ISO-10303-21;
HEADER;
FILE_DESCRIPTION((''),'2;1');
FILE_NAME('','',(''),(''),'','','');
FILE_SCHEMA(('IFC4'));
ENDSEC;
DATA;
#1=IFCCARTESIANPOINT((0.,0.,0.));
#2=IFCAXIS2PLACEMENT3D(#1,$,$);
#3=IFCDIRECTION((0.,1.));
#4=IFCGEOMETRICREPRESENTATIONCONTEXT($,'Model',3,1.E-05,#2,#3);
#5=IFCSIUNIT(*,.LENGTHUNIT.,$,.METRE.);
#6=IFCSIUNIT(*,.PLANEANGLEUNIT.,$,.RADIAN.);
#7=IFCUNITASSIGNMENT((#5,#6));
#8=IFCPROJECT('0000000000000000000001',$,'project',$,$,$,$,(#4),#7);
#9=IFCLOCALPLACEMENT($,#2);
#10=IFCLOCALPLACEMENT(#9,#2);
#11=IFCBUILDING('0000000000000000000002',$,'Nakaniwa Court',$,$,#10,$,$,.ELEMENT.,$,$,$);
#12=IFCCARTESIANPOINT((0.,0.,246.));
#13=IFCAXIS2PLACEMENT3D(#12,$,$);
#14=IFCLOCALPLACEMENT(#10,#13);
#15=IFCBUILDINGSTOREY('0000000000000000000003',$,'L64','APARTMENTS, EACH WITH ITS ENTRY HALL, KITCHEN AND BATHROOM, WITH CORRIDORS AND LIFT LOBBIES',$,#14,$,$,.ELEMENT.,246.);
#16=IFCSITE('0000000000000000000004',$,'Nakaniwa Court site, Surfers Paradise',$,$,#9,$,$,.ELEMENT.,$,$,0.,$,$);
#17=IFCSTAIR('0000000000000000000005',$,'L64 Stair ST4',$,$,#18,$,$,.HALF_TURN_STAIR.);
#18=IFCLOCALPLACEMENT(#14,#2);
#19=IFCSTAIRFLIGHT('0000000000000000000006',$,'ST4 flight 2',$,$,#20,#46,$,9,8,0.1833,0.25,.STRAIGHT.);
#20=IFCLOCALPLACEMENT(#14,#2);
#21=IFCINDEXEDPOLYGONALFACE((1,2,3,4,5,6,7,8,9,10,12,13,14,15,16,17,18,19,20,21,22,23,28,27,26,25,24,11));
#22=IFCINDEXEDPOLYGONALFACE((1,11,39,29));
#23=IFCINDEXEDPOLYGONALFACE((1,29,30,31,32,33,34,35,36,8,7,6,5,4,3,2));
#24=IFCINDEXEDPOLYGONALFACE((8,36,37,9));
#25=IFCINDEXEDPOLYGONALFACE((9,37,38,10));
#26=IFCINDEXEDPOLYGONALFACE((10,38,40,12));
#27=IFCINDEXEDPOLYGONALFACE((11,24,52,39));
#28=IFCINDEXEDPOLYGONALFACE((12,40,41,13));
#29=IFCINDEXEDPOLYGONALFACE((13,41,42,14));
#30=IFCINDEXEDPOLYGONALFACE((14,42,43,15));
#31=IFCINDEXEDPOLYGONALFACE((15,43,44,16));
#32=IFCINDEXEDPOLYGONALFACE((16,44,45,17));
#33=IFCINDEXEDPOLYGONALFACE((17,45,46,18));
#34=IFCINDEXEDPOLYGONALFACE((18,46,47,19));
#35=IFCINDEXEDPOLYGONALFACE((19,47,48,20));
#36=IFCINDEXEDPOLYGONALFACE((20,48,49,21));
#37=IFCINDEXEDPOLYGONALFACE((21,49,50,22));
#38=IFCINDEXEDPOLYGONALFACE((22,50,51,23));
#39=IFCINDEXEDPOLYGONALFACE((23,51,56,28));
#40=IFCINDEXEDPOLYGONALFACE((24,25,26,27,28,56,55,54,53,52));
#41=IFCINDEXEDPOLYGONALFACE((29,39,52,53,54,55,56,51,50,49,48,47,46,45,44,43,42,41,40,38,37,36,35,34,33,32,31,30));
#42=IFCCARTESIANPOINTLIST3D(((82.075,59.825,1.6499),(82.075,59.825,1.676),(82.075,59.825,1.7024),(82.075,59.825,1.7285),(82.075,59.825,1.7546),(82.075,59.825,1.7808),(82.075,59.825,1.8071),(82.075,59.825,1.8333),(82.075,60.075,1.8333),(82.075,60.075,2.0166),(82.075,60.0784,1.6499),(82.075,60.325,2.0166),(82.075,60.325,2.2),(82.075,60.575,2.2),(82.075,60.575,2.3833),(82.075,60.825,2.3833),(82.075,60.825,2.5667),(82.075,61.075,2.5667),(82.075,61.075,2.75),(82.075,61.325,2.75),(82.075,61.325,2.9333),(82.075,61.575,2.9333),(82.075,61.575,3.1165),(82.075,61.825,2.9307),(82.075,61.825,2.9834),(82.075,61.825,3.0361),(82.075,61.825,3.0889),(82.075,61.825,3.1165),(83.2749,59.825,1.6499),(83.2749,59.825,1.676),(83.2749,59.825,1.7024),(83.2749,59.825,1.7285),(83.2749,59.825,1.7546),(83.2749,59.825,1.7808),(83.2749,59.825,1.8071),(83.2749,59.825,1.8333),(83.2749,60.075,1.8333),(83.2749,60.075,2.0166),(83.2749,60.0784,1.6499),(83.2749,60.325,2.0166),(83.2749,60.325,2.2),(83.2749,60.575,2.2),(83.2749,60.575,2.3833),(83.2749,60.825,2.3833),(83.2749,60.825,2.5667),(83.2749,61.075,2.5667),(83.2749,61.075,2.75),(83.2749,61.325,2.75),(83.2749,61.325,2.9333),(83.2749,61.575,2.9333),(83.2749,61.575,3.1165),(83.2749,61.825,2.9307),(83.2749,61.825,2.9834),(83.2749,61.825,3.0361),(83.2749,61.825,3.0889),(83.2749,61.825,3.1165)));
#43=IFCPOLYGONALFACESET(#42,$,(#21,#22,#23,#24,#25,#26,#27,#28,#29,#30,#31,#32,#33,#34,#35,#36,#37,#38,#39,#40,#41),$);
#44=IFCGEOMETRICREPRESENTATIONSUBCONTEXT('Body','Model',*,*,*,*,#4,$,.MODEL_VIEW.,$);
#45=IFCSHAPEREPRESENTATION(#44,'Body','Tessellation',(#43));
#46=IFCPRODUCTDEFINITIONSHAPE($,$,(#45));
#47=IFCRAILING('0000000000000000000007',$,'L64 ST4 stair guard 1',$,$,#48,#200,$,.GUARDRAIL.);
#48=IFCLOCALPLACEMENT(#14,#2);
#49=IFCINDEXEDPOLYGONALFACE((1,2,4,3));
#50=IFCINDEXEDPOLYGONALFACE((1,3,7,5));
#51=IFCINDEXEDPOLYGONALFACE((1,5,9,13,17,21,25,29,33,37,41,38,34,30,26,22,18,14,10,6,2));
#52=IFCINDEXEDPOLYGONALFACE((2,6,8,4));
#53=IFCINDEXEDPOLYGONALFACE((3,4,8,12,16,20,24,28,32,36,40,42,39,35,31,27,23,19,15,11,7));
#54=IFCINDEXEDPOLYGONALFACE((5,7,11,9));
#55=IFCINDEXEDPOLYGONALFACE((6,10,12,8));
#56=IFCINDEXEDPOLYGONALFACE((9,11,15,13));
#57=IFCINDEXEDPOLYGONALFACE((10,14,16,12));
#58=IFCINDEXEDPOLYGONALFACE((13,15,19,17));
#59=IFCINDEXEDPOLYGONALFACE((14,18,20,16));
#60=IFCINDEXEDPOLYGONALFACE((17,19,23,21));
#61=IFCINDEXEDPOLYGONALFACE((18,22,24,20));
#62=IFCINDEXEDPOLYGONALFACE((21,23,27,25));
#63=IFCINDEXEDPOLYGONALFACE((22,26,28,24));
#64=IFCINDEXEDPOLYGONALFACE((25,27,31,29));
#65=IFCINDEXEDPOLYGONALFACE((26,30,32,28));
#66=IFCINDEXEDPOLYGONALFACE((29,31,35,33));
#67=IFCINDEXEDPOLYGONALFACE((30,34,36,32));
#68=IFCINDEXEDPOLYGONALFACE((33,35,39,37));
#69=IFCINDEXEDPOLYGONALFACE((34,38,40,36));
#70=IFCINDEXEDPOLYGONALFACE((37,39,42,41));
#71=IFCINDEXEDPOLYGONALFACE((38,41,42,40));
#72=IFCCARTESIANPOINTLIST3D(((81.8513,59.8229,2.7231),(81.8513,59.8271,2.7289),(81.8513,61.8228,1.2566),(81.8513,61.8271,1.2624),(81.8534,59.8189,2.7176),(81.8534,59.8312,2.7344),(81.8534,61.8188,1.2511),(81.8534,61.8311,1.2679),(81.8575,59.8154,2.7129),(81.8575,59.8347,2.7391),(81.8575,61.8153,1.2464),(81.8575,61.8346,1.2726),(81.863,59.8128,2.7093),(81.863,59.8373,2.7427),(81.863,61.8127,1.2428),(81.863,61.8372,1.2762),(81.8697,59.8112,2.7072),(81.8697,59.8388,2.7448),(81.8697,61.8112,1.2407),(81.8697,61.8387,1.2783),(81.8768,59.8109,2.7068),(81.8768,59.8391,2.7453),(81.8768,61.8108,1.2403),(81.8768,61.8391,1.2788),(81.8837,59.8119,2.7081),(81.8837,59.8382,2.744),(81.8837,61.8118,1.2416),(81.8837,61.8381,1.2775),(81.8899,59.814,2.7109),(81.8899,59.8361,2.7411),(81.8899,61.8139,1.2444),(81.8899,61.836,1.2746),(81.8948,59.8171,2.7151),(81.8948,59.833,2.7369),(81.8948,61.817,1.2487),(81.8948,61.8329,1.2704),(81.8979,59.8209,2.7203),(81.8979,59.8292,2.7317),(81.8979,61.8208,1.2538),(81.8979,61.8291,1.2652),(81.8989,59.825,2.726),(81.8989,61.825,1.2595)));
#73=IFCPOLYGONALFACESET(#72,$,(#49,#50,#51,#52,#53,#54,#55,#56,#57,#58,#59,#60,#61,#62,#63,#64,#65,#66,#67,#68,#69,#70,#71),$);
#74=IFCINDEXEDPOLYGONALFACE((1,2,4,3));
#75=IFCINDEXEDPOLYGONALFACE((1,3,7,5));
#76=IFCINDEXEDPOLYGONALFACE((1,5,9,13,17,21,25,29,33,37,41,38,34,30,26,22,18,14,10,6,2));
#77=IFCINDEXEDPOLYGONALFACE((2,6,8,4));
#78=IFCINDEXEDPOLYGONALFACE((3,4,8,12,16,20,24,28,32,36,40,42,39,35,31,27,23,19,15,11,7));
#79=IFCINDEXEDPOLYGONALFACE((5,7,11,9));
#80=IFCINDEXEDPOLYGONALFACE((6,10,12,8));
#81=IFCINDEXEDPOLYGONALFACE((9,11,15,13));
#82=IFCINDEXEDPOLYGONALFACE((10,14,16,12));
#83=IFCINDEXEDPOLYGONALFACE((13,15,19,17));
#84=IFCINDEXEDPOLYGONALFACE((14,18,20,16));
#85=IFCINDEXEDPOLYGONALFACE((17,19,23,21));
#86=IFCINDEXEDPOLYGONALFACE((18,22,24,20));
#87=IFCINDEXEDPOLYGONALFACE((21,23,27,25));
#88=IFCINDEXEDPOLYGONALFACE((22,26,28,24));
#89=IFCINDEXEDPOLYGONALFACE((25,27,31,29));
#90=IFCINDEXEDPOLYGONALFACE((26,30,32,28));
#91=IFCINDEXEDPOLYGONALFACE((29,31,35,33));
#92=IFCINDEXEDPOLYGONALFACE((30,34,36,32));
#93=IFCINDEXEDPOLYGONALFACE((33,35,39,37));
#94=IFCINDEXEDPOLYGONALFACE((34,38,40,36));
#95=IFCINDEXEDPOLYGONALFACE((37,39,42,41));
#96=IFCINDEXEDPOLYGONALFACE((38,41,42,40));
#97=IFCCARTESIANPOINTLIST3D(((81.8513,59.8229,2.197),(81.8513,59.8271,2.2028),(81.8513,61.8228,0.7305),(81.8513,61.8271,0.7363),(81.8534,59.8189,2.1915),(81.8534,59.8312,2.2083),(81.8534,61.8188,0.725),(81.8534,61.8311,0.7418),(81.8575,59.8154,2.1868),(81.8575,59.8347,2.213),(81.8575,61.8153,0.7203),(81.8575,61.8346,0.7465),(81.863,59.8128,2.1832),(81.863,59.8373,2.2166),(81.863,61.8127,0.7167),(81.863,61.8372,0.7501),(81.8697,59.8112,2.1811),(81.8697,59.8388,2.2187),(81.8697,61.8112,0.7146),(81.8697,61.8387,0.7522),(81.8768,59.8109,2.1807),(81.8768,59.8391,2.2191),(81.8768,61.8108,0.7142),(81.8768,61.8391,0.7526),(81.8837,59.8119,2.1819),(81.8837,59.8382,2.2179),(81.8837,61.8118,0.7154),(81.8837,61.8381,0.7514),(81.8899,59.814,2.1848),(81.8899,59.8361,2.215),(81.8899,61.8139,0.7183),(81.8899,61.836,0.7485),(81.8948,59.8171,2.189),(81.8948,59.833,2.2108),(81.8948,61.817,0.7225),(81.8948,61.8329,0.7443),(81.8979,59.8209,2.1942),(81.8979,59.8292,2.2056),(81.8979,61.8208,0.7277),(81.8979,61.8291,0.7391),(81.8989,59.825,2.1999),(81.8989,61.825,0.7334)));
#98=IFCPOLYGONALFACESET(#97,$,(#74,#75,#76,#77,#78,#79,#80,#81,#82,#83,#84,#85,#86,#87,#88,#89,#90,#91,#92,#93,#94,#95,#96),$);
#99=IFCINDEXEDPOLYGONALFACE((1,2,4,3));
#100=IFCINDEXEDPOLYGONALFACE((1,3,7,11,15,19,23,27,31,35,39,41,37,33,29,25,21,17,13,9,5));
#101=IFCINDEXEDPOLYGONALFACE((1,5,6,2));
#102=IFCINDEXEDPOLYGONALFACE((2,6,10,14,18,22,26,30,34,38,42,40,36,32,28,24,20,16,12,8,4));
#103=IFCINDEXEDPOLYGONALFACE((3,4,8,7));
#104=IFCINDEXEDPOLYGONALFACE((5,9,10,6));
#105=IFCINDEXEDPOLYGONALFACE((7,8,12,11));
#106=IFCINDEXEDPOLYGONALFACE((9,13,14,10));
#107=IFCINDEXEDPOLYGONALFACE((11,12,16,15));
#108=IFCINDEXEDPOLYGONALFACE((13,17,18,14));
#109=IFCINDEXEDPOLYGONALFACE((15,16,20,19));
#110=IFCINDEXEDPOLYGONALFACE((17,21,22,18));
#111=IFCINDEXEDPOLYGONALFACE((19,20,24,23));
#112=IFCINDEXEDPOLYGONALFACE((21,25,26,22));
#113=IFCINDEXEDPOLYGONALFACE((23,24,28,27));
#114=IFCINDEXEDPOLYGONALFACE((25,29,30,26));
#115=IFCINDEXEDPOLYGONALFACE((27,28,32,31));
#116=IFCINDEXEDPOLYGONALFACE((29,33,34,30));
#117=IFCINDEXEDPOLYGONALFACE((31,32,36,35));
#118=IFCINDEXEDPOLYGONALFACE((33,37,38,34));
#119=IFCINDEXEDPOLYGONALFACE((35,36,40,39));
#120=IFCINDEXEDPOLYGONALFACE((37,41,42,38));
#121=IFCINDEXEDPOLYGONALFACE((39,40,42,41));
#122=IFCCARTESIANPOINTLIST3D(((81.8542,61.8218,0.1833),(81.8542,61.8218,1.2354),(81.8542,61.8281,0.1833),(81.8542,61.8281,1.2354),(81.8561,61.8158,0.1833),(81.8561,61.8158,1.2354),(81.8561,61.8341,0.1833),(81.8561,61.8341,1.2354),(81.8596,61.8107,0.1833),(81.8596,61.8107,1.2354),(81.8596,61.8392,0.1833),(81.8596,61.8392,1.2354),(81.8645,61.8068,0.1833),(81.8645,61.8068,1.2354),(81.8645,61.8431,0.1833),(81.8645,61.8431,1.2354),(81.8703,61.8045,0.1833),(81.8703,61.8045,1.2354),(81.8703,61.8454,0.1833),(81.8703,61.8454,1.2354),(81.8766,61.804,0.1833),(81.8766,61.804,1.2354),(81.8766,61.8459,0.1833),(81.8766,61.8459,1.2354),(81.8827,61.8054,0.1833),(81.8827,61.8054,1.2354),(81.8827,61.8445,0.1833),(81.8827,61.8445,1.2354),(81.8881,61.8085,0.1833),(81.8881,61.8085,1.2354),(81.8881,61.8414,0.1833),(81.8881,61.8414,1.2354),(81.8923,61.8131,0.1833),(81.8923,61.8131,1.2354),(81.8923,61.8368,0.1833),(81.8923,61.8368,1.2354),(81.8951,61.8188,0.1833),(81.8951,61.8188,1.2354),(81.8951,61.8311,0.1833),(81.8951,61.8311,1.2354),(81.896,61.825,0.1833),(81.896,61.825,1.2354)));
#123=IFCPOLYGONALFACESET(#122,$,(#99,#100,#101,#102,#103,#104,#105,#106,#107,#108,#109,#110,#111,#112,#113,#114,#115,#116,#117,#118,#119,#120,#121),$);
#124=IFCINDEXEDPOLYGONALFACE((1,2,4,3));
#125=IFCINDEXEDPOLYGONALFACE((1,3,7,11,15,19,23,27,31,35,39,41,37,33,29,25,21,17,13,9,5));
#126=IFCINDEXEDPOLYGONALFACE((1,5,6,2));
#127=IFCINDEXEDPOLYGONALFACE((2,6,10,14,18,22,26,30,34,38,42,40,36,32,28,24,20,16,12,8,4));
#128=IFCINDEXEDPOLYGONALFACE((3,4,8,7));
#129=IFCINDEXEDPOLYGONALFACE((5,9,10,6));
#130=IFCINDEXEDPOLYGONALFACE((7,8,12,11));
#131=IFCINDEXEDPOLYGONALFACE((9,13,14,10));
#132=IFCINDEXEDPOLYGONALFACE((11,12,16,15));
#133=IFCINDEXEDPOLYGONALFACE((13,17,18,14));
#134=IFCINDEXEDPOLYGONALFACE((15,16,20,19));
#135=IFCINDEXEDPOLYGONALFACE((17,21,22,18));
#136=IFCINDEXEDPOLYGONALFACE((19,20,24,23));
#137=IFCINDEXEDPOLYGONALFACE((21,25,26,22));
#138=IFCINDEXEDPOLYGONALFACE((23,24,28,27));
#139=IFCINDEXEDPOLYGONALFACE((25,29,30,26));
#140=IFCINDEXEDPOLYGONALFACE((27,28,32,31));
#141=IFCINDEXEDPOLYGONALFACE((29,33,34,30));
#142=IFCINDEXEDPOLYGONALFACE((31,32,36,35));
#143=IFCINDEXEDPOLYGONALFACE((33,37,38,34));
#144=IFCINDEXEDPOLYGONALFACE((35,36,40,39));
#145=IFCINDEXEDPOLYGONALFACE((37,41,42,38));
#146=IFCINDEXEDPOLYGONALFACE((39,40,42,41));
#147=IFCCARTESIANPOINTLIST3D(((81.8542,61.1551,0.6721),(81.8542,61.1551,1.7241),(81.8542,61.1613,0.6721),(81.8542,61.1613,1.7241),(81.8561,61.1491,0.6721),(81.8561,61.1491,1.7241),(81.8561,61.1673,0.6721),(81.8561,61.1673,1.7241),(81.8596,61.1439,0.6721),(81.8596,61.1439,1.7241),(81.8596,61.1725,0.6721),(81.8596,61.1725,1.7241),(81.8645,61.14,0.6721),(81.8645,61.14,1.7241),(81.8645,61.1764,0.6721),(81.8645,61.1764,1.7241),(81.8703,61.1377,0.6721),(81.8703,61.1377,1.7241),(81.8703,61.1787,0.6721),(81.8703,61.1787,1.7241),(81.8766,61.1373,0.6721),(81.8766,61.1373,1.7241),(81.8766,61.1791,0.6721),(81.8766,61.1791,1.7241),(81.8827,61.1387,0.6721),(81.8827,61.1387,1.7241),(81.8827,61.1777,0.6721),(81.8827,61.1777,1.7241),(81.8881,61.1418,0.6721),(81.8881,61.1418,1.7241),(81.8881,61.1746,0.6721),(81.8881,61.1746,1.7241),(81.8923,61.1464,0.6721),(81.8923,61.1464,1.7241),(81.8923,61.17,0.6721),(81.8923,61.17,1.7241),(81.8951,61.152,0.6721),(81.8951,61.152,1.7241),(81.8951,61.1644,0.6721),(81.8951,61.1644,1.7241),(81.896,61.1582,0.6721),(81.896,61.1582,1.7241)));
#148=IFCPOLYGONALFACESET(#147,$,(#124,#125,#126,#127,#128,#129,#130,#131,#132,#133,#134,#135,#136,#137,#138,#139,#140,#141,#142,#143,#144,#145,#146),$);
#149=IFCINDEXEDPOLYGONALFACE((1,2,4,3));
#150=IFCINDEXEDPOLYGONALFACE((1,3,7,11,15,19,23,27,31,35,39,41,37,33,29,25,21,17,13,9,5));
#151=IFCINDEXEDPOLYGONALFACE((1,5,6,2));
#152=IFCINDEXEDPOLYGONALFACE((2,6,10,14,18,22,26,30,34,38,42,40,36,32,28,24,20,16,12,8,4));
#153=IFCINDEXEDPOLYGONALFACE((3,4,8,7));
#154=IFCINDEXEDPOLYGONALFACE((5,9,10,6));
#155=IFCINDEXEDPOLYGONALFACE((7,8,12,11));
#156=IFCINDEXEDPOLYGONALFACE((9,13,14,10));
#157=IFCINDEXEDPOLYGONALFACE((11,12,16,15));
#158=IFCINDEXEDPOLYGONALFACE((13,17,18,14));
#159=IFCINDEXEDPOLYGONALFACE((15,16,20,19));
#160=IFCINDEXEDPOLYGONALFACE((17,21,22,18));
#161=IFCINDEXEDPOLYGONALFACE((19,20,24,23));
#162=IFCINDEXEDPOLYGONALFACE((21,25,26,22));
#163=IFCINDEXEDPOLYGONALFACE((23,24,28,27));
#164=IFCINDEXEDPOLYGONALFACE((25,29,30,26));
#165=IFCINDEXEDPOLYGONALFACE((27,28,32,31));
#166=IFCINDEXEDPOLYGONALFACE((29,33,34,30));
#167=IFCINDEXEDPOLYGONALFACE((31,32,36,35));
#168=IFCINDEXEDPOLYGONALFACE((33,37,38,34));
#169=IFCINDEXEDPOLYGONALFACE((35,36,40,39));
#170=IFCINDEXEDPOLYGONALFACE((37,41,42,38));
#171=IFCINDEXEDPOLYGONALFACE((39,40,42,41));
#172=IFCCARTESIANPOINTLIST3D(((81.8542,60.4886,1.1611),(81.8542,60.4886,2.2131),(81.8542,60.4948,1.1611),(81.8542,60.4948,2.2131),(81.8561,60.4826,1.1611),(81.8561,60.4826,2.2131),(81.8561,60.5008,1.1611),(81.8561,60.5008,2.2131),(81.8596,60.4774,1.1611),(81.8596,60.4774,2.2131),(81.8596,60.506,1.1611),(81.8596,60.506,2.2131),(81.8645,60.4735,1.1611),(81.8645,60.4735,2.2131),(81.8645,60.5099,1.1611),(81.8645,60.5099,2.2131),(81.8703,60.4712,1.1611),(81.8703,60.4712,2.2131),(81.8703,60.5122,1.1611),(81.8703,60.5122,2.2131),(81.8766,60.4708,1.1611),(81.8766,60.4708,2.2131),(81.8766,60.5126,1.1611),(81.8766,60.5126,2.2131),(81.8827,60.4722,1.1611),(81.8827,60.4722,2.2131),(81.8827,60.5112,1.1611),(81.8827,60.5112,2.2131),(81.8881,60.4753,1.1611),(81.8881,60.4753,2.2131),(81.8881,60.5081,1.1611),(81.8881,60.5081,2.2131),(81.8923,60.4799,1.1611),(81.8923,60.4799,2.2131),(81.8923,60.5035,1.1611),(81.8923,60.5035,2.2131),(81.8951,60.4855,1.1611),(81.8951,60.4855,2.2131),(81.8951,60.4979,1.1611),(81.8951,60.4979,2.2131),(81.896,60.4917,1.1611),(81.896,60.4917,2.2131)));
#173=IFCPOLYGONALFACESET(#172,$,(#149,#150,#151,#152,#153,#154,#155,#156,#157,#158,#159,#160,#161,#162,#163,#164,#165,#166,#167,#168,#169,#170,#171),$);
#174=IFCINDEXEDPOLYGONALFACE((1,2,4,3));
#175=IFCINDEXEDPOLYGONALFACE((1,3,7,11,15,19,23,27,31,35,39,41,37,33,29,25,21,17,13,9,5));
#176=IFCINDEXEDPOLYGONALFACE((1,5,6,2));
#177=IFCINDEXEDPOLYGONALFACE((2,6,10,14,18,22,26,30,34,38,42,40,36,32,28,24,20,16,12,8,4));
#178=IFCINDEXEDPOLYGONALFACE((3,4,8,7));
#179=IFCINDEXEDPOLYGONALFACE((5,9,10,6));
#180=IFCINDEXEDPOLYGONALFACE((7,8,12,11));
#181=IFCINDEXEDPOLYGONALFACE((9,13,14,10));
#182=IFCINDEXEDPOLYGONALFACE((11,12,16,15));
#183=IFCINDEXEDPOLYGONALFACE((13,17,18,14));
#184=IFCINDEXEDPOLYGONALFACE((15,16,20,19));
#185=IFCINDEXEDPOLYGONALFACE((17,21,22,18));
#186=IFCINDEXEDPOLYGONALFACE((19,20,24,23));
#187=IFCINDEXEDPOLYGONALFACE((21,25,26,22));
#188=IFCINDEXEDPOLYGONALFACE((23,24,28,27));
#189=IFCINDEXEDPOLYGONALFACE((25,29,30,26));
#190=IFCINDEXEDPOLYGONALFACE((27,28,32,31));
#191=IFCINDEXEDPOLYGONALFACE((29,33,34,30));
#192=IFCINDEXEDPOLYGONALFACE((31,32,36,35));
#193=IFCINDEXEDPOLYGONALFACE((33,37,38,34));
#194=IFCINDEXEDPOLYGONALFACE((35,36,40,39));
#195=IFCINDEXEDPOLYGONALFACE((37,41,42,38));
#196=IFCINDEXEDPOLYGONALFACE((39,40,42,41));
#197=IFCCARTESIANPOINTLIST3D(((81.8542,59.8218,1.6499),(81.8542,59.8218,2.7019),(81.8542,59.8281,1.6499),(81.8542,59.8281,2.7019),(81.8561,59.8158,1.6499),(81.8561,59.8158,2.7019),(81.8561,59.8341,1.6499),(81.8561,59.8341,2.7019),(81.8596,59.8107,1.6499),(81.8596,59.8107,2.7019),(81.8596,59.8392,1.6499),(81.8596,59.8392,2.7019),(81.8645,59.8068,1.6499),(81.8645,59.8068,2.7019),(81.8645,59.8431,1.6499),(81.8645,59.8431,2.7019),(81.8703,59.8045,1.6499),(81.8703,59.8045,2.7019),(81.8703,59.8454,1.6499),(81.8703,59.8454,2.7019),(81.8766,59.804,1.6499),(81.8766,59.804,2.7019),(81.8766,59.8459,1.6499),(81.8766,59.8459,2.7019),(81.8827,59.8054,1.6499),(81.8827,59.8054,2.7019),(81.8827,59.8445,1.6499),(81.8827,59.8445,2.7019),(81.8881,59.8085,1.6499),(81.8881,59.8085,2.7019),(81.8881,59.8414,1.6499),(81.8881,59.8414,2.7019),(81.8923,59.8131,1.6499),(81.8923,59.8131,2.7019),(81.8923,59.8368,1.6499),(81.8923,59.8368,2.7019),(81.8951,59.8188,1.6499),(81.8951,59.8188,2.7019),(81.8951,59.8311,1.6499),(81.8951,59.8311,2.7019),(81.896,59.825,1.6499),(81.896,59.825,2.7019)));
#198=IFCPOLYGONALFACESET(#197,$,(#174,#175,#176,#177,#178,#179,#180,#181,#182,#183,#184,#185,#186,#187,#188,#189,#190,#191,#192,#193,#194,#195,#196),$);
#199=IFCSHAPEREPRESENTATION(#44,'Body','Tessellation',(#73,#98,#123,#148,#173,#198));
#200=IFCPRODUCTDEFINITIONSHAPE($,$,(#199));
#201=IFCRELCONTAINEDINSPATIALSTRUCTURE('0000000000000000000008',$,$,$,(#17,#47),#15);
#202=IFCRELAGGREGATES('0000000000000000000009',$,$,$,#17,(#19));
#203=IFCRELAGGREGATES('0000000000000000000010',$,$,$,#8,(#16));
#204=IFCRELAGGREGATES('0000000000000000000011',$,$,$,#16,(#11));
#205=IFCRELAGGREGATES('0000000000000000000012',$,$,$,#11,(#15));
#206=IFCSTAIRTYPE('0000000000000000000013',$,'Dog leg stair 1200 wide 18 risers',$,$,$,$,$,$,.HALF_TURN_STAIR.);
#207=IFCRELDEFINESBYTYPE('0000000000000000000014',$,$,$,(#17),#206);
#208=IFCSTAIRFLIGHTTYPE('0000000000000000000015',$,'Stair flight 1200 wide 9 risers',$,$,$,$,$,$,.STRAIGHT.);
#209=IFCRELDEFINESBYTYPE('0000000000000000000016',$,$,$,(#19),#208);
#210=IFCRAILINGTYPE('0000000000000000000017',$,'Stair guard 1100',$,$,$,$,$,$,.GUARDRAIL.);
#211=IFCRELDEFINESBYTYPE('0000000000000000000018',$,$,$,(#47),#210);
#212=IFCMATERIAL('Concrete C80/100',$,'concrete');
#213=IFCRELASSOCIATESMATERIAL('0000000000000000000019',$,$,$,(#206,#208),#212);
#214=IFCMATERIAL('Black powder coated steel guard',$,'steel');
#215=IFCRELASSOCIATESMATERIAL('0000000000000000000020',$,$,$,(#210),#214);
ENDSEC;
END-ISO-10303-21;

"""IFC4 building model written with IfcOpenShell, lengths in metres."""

from ifc_helpers import new_model, si_unit, direction, frame, origin, origin_2d, place, context, subcontext, project, spatial, polyline, circle, outline, extrude, material, type_object, element, aggregate, save


model = new_model("IFC4")

# Units and contexts
model_context = context("Model", 3, precision=1e-05, world=origin(), true_north=direction((0.0, 1.0)))
body_context = subcontext(model_context, "Body", "Model", "MODEL_VIEW")
ifc_project = project(units=[si_unit("LENGTHUNIT", "METRE"), si_unit("PLANEANGLEUNIT", "RADIAN")], contexts=[model_context])

# Site, building, storey
site_placement = place(None, origin())
site = spatial("IfcSite", under=ifc_project, at=site_placement, Name="Nakaniwa Court site, Surfers Paradise", CompositionType="ELEMENT", RefElevation=0.0)
building_placement = place(site_placement, origin())
building = spatial("IfcBuilding", under=site, at=building_placement, Name="Nakaniwa Court", CompositionType="ELEMENT")
storey_placement = place(building_placement, frame((0.0, 0.0, 246.0)))
storey = spatial("IfcBuildingStorey", under=building, at=storey_placement, Name="L64", Description="APARTMENTS, EACH WITH ITS ENTRY HALL, KITCHEN AND BATHROOM, WITH CORRIDORS AND LIFT LOBBIES", CompositionType="ELEMENT", Elevation=246.0)

# Shared definitions
ifc_material_1 = material(Name="Concrete C80/100", Category="concrete")

# Stair, stair flight
stair_type = type_object("IfcStairType", Name="Dog leg stair 1200 wide 18 risers", PredefinedType="HALF_TURN_STAIR", material=ifc_material_1)
stair_placement = place(storey_placement, origin())
stair = element("IfcStair", 1, at=stair_placement, inside=storey, type_object=stair_type, Name="L64 Stair ST4", PredefinedType="HALF_TURN_STAIR")
stair_flight_type = type_object("IfcStairFlightType", Name="Stair flight 1200 wide 9 risers", PredefinedType="STRAIGHT", material=ifc_material_1)
stair_flight_1_placement = place(storey_placement, frame((82.675, 59.825, 1.6499), z_axis=(0.0, 0.0, 1.0), x_axis=(0.0, 1.0, 0.0)))
stair_flight_1 = element("IfcStairFlight", 2, at=stair_flight_1_placement, type_object=stair_flight_type, Name="ST4 flight 2", NumberOfRisers=9, NumberOfTreads=8, PredefinedType="STRAIGHT", RiserHeight=0.1833, TreadLength=0.25, context=body_context, shape_type="SweptSolid", body=[
    extrude(outline(polyline([(0.0, 0.0), (0.0, 0.0261), (0.0, 0.0525), (0.0, 0.0786), (0.0, 0.1047), (0.0, 0.1309), (0.0, 0.1572), (0.0, 0.1833), (0.25, 0.1833), (0.25, 0.3667), (0.5, 0.3667), (0.5, 0.55), (0.75, 0.55), (0.75, 0.7334), (1.0, 0.7334), (1.0, 0.9167), (1.25, 0.9167), (1.25, 1.1001), (1.5, 1.1001), (1.5, 1.2834), (1.75, 1.2834), (1.75, 1.4666), (2.0, 1.4666), (2.0, 1.6499), (2.0, 1.5972), (2.0, 1.5444), (2.0, 1.4917), (2.0, 1.439), (2.0, 1.3862), (2.0, 1.3335), (2.0, 1.2808), (0.2534, 0.0), (0.0, 0.0)])), frame((0.0, 0.6001, 0.0), z_axis=(0.0, -1.0, 0.0), x_axis=(1.0, 0.0, 0.0)), (0.0, 0.0, 1.0), 1.2),
])
aggregate(stair, [stair_flight_1])

# Railing
ifc_material_2 = material(Name="Black powder coated steel guard", Category="steel")
railing_type_1 = type_object("IfcRailingType", Name="Stair guard 1100", PredefinedType="GUARDRAIL", material=ifc_material_2)
railing_1_placement = place(storey_placement, frame((81.875, 61.825, 0.1833)))
element("IfcRailing", 3, at=railing_1_placement, inside=storey, type_object=railing_type_1, Name="L64 ST4 stair guard 1", PredefinedType="GUARDRAIL", context=body_context, shape_type="SweptSolid", body=[
    extrude(circle(Radius=0.0239, at=origin_2d()), frame((0.0, 0.0, 1.0762), z_axis=(0.0, -0.806427, 0.591334), x_axis=(1.0, 0.0, 0.0)), (0.0, 0.0, 1.0), 2.48),
    extrude(circle(Radius=0.0239, at=origin_2d()), frame((0.0, 0.0, 0.55), z_axis=(0.0, -0.806427, 0.591334), x_axis=(1.0, 0.0, 0.0)), (0.0, 0.0, 1.0), 2.48),
    extrude(circle(Radius=0.021, at=origin_2d()), origin(), (0.0, 0.0, 1.0), 1.052),
    extrude(circle(Radius=0.021, at=origin_2d()), frame((0.0, -0.6667, 0.4888)), (0.0, 0.0, 1.0), 1.052),
    extrude(circle(Radius=0.021, at=origin_2d()), frame((0.0, -1.3333, 0.9778)), (0.0, 0.0, 1.0), 1.052),
    extrude(circle(Radius=0.021, at=origin_2d()), frame((0.0, -2.0, 1.4666)), (0.0, 0.0, 1.0), 1.052),
])

save(model, "model.ifc")
